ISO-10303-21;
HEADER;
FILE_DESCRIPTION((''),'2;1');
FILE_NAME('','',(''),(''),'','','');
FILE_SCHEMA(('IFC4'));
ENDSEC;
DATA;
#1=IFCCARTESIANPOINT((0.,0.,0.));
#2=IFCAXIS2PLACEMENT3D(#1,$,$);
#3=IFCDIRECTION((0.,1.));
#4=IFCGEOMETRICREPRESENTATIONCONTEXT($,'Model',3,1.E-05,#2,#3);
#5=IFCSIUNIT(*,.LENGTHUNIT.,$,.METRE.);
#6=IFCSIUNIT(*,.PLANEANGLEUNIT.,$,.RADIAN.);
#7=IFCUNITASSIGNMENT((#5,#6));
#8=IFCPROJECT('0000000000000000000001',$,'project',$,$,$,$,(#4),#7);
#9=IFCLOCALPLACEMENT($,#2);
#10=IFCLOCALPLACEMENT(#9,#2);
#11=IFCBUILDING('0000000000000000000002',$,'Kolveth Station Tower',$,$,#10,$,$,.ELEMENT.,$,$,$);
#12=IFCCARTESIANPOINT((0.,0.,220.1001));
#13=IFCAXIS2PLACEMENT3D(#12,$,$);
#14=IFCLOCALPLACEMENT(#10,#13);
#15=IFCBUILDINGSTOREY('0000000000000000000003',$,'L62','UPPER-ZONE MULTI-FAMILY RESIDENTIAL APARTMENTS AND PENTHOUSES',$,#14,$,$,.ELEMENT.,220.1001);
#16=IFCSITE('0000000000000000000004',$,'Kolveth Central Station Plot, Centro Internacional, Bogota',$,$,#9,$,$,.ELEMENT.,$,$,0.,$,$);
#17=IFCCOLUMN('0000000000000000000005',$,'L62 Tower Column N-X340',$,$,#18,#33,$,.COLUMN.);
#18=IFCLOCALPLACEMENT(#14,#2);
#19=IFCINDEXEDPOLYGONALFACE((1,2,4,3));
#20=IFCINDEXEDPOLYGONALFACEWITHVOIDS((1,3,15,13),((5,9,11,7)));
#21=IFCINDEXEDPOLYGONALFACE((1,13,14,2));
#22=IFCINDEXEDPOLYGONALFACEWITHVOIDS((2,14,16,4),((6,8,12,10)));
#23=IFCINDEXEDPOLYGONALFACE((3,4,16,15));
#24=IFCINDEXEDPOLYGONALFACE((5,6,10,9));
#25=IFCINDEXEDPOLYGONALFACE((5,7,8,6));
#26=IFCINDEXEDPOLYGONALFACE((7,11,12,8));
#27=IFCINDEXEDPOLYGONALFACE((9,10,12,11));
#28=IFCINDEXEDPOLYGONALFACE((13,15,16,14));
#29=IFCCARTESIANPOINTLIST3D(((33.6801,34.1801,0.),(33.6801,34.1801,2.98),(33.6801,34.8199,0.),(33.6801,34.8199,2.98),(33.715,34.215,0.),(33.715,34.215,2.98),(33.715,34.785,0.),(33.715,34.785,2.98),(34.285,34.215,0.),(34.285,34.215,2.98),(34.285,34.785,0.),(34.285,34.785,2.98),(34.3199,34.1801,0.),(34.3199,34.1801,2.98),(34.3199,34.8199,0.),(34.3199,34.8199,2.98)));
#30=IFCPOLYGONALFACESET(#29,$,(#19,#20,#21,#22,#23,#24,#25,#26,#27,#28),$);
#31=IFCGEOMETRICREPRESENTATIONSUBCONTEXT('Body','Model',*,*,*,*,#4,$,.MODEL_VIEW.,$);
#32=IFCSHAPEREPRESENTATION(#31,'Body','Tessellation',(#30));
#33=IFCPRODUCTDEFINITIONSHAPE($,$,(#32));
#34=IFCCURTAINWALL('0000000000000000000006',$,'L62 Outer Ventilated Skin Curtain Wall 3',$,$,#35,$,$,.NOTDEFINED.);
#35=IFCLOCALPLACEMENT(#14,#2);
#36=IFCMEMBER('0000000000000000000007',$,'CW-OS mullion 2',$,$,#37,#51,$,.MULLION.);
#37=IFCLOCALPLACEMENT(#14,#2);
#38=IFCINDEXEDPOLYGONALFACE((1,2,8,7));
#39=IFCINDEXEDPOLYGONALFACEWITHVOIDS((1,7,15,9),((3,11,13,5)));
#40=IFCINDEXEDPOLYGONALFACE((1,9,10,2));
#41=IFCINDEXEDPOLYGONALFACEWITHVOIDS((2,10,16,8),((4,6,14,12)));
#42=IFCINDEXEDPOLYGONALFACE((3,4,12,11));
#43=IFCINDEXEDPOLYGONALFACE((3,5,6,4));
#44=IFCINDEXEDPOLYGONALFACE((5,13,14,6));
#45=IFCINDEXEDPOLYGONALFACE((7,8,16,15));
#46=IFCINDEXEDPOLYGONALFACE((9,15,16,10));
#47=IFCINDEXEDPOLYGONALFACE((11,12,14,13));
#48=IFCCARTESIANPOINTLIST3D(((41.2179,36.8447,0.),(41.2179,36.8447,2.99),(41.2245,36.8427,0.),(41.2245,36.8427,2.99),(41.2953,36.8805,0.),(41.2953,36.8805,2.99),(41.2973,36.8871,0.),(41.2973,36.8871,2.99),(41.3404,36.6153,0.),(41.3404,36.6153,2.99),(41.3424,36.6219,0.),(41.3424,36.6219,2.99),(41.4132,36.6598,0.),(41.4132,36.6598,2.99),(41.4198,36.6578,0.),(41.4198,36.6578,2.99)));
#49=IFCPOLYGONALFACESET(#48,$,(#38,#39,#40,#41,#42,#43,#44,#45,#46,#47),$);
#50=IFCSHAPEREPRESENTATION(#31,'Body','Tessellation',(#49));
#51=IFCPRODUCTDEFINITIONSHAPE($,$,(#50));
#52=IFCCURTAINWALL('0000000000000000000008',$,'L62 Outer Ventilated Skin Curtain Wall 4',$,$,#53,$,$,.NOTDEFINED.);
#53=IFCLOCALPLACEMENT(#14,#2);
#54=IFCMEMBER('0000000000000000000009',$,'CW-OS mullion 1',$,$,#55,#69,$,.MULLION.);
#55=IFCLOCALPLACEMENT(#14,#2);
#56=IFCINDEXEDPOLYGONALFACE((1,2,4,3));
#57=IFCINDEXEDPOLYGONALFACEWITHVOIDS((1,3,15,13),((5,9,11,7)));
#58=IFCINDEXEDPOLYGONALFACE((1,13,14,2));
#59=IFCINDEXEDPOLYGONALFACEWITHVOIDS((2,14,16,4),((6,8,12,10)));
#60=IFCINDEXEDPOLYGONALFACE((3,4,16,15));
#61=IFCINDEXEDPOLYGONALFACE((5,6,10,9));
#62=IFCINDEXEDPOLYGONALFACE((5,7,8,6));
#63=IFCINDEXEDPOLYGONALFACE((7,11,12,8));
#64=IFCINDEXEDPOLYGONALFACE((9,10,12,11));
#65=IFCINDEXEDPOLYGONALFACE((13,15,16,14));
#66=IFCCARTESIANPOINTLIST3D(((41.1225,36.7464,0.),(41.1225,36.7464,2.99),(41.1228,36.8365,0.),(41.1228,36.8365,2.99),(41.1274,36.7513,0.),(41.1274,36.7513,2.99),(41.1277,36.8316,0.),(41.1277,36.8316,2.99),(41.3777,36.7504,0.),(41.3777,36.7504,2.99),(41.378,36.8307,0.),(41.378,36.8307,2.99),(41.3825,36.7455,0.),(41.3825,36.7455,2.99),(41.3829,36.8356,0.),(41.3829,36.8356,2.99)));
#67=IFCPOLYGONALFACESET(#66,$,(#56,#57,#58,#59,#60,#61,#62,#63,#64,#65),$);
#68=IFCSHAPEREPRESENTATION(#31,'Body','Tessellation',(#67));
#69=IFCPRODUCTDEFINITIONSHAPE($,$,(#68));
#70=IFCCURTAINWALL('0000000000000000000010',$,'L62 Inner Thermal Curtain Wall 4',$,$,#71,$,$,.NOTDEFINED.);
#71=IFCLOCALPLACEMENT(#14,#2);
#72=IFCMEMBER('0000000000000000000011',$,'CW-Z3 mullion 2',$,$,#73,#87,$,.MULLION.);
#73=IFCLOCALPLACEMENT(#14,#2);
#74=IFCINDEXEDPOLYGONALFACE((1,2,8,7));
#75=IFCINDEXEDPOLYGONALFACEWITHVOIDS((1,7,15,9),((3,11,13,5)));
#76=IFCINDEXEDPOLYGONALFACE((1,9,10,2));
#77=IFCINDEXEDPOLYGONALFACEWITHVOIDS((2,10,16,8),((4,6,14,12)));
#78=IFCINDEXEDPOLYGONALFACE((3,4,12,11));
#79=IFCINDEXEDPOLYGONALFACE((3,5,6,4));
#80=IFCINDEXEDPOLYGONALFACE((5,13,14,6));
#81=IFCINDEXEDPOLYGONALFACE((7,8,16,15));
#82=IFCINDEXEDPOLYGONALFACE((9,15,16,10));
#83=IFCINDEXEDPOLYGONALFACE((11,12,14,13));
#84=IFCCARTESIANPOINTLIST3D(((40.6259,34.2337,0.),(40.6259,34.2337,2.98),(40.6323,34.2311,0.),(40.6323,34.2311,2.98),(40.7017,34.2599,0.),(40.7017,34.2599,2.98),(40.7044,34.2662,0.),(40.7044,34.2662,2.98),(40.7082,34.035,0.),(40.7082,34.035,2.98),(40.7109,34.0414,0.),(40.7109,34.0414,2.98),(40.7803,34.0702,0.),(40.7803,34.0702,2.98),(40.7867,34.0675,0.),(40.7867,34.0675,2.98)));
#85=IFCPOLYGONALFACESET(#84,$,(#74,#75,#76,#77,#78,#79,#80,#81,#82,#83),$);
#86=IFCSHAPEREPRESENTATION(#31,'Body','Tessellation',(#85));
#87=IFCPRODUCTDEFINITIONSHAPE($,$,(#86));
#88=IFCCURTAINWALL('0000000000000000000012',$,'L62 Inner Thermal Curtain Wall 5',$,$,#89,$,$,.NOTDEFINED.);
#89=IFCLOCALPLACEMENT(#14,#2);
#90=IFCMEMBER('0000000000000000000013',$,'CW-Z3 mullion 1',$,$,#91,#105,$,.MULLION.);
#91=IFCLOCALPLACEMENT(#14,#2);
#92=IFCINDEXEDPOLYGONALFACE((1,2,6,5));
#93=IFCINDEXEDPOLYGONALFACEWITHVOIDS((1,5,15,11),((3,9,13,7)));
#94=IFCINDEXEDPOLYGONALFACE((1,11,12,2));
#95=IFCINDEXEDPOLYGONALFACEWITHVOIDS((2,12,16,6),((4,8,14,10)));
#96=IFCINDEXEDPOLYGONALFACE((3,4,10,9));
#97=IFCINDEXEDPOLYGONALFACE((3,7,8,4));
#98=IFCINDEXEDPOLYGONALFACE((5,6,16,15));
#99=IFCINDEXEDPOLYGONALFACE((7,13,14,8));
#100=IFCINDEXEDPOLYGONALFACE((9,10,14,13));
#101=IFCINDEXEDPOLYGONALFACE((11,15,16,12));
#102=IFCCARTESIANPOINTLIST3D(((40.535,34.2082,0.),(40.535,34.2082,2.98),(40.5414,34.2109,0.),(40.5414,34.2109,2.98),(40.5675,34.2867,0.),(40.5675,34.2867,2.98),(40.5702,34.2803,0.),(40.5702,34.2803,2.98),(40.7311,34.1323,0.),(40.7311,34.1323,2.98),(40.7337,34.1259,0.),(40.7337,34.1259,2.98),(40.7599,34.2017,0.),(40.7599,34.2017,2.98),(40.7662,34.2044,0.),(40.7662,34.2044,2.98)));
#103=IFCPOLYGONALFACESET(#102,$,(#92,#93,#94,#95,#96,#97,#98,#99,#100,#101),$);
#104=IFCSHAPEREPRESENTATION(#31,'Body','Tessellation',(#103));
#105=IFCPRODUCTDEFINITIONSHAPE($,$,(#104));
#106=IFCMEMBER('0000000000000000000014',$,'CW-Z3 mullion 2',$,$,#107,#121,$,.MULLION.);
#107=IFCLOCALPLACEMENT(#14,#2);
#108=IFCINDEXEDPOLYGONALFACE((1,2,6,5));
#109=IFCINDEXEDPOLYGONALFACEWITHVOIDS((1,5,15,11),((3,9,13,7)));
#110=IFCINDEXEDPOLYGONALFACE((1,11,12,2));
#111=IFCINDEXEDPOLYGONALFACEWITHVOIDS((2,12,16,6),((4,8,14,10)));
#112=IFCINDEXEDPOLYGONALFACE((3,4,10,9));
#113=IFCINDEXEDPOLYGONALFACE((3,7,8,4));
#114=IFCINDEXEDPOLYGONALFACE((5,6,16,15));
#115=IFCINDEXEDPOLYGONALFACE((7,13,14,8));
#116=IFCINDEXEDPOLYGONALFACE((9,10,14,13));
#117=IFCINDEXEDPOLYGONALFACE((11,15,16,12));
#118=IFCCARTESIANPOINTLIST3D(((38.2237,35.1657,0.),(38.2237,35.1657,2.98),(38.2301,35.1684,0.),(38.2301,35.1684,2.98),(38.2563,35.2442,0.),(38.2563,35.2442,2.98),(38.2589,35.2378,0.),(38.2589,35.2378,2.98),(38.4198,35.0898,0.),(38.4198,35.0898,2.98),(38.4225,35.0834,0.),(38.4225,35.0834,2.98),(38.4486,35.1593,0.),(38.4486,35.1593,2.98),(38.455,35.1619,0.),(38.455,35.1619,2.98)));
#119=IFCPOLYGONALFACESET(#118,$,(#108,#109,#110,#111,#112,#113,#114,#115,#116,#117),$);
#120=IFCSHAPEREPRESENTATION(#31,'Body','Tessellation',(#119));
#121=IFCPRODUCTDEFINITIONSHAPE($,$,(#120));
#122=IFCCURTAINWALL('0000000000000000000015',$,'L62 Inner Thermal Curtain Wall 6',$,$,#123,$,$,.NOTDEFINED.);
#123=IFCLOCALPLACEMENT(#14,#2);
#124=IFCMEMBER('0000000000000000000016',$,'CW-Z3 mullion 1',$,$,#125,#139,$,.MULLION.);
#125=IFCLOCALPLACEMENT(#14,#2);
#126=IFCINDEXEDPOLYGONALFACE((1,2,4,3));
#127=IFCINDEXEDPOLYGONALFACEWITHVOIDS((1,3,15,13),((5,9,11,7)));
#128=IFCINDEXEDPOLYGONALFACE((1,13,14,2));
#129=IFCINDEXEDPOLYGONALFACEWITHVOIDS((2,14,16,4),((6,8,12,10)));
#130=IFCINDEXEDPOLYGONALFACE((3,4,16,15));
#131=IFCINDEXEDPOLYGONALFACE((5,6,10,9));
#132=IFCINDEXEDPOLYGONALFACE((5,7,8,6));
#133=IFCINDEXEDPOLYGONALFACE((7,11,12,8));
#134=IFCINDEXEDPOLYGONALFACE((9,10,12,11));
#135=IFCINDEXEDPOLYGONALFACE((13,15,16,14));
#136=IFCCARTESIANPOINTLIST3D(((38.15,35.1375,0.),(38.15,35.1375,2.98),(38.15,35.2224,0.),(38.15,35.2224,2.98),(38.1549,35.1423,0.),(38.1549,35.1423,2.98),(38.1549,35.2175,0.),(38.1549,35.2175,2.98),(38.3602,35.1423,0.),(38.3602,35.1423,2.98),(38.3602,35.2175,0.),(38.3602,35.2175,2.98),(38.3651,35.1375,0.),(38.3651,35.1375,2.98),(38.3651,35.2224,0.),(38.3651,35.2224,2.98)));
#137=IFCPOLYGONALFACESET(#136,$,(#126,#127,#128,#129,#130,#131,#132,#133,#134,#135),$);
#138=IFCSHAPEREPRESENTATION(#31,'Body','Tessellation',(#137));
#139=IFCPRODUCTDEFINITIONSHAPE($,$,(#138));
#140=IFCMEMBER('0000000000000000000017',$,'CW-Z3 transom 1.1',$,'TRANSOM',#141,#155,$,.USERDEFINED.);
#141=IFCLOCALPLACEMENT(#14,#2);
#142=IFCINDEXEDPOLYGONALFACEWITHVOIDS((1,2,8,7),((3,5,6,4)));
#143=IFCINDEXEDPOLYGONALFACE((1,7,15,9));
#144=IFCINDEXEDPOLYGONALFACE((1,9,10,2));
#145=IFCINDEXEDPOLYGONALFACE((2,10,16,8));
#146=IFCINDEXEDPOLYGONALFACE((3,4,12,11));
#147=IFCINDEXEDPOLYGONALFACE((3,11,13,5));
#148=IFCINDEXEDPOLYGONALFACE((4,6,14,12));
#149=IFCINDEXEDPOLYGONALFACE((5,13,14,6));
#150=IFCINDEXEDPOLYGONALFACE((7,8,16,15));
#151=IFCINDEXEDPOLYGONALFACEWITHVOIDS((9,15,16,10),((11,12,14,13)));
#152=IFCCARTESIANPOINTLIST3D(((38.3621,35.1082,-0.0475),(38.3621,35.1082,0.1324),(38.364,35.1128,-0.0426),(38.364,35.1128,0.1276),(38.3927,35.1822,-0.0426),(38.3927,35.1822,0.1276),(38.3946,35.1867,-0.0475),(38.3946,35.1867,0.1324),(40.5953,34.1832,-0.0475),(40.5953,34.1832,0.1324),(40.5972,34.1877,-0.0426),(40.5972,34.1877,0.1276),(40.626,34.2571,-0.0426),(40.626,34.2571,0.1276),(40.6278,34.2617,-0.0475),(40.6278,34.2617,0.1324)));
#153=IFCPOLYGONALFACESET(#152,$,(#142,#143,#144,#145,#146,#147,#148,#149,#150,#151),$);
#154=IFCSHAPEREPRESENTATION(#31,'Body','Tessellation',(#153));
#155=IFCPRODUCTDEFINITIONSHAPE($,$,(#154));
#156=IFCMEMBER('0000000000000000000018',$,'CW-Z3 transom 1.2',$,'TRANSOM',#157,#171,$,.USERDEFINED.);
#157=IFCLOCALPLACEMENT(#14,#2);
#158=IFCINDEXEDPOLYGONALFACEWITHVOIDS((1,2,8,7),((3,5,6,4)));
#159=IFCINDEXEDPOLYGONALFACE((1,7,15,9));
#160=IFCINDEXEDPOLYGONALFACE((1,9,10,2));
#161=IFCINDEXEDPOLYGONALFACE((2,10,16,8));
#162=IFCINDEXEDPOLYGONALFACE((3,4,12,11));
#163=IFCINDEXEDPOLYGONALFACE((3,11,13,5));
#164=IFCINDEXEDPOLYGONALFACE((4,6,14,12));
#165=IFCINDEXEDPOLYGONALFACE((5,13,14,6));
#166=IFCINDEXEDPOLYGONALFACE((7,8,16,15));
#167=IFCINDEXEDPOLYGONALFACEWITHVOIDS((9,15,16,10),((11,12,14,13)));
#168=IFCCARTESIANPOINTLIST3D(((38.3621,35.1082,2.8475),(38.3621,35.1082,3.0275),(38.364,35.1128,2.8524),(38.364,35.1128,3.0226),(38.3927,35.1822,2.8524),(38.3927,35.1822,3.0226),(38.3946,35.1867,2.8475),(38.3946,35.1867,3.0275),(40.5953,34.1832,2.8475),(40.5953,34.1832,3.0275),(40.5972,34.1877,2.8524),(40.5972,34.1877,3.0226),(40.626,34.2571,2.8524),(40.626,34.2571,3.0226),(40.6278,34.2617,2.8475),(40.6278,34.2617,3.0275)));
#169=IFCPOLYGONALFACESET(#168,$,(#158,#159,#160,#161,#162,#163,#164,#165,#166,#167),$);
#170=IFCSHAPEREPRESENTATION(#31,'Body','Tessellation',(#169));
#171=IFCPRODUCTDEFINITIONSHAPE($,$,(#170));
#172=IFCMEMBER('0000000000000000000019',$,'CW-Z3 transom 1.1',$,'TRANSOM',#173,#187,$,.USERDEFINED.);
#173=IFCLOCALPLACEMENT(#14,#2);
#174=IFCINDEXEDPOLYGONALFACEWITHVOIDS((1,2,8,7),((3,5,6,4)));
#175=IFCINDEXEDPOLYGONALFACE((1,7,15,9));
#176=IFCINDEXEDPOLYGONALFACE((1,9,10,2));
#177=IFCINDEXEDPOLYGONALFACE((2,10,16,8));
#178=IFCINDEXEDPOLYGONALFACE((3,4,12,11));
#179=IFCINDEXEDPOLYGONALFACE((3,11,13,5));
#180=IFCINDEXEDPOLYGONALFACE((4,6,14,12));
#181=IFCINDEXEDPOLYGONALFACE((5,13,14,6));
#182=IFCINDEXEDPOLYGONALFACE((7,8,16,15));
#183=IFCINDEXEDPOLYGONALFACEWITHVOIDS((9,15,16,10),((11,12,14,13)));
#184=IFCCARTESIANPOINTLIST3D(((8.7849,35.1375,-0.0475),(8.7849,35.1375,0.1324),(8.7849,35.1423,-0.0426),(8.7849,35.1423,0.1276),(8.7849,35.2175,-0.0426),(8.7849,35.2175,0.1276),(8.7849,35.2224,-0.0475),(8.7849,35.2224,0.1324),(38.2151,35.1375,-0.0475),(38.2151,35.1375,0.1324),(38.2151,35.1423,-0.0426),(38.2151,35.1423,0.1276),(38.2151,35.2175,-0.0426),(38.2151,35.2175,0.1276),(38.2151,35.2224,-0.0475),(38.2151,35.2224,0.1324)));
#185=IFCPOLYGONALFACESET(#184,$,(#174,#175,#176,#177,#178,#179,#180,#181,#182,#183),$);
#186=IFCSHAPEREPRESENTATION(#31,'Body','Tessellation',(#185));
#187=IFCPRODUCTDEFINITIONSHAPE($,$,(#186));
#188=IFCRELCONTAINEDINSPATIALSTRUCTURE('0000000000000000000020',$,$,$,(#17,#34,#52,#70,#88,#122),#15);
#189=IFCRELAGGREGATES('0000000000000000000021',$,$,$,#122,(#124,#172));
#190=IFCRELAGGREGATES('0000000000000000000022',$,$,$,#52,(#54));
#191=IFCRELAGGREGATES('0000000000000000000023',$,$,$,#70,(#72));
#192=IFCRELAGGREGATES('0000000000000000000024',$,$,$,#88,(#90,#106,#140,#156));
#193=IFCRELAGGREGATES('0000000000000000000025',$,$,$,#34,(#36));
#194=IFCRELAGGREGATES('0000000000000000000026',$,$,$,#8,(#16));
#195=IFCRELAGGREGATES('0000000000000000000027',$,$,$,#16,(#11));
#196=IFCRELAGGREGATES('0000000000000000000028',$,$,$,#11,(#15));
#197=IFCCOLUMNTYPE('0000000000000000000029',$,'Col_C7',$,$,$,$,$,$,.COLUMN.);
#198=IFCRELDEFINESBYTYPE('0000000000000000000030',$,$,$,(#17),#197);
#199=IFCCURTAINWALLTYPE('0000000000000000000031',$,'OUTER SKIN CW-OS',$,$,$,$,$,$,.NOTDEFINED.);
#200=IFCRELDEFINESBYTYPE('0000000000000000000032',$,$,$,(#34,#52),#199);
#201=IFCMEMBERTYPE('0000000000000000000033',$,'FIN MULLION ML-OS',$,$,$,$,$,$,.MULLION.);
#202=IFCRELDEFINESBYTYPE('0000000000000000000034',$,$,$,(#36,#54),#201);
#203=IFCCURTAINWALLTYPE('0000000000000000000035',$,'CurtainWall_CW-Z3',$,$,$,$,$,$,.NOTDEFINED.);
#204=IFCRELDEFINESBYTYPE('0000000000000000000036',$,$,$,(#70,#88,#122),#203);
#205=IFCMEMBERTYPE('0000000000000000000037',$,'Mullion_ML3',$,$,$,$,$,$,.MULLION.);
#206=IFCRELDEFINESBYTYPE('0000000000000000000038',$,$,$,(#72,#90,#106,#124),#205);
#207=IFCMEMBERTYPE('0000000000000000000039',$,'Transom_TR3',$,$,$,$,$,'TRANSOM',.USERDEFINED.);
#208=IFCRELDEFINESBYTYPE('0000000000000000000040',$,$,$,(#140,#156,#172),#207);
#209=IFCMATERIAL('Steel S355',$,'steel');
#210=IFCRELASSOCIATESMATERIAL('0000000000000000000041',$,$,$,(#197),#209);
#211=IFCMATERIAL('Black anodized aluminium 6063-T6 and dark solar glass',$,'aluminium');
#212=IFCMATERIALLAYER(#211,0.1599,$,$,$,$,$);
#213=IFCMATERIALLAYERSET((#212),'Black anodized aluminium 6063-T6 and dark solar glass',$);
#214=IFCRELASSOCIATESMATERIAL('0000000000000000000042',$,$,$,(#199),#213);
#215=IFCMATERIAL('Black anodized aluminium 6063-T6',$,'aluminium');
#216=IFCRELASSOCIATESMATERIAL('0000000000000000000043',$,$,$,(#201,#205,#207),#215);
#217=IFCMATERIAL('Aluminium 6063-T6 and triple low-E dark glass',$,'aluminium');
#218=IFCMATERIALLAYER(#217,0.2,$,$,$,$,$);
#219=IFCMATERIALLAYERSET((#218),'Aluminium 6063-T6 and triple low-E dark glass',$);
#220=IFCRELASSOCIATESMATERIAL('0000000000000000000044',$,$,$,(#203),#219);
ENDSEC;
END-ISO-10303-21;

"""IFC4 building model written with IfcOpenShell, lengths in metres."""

from ifc_helpers import new_model, si_unit, direction, frame, origin, origin_2d, place, context, subcontext, project, spatial, hollow_rectangle, extrude, source, transform, mapped, material, layer, layer_set, material_profile, profile_set, type_object, element, aggregate, save


model = new_model("IFC4")

# Units and contexts
model_context = context("Model", 3, precision=1e-05, world=origin(), true_north=direction((0.0, 1.0)))
body_context = subcontext(model_context, "Body", "Model", "MODEL_VIEW")
ifc_project = project(units=[si_unit("LENGTHUNIT", "METRE"), si_unit("PLANEANGLEUNIT", "RADIAN")], contexts=[model_context])

# Site, building, storey
site_placement = place(None, origin())
site = spatial("IfcSite", under=ifc_project, at=site_placement, Name="Kolveth Central Station Plot, Centro Internacional, Bogota", CompositionType="ELEMENT", RefElevation=0.0)
building_placement = place(site_placement, origin())
building = spatial("IfcBuilding", under=site, at=building_placement, Name="Kolveth Station Tower", CompositionType="ELEMENT")
storey_placement = place(building_placement, frame((0.0, 0.0, 220.1001)))
storey = spatial("IfcBuildingStorey", under=building, at=storey_placement, Name="L62", Description="UPPER-ZONE MULTI-FAMILY RESIDENTIAL APARTMENTS AND PENTHOUSES", CompositionType="ELEMENT", Elevation=220.1001)

# Column
ifc_material_1 = material(Name="Steel S355", Category="steel")
ifc_material_profile_1 = material_profile(ifc_material_1, hollow_rectangle(XDim=0.6399, YDim=0.6399, WallThickness=0.0349, at=origin_2d()), Name="BOX640x640x35")
ifc_profile_set_1 = profile_set([ifc_material_profile_1], Name="Steel S355")
column_type = type_object("IfcColumnType", Name="Col_C7", PredefinedType="COLUMN", material=ifc_profile_set_1)
shared_shape_1 = source(origin(), body_context, "Body", "SweptSolid", [
    extrude(hollow_rectangle(XDim=0.6399, YDim=0.6399, WallThickness=0.0349, at=origin_2d()), origin(), (0.0, 0.0, 1.0), 2.98),
])
column_placement = place(storey_placement, frame((34.0, 34.5, 0.0), z_axis=(0.0, 0.0, 1.0), x_axis=(1.0, 0.0, 0.0)))
element("IfcColumn", 1, at=column_placement, inside=storey, type_object=column_type, Name="L62 Tower Column N-X340", PredefinedType="COLUMN", context=body_context, shape_type="MappedRepresentation", body=[
    mapped(shared_shape_1, transform((0.0, 0.0, 0.0), x_axis=(1.0, 0.0, 0.0), y_axis=(0.0, 1.0, 0.0), z_axis=(0.0, 0.0, 1.0), scale=1.0)),
])

# Curtain walls, members
ifc_material_2 = material(Name="Black anodized aluminium 6063-T6 and dark solar glass", Category="aluminium")
ifc_layer_1 = layer(ifc_material_2, 0.1599)
ifc_layer_set_1 = layer_set([ifc_layer_1], Name="Black anodized aluminium 6063-T6 and dark solar glass")
curtain_wall_type_1 = type_object("IfcCurtainWallType", Name="OUTER SKIN CW-OS", PredefinedType="NOTDEFINED", material=ifc_layer_set_1)
curtain_wall_1_placement = place(storey_placement, origin())
curtain_wall_1 = element("IfcCurtainWall", 2, at=curtain_wall_1_placement, inside=storey, type_object=curtain_wall_type_1, Name="L62 Outer Ventilated Skin Curtain Wall 3", PredefinedType="NOTDEFINED")
ifc_material_3 = material(Name="Black anodized aluminium 6063-T6", Category="aluminium")
ifc_material_profile_2 = material_profile(ifc_material_3, hollow_rectangle(XDim=0.0901, YDim=0.26, WallThickness=0.0049, at=origin_2d()), Name="ALU-90x260x5")
ifc_profile_set_2 = profile_set([ifc_material_profile_2], Name="Black anodized aluminium 6063-T6")
member_type_1 = type_object("IfcMemberType", Name="FIN MULLION ML-OS", PredefinedType="MULLION", material=ifc_profile_set_2)
shared_shape_2 = source(origin(), body_context, "Body", "SweptSolid", [
    extrude(hollow_rectangle(XDim=0.0901, YDim=0.26, WallThickness=0.0049, at=origin_2d()), origin(), (0.0, 0.0, 1.0), 2.99),
])
member_1_placement = place(storey_placement, frame((41.3188, 36.7512, 0.0), z_axis=(0.0, 0.0, 1.0), x_axis=(-0.882019, -0.471215, 0.0)))
member_1 = element("IfcMember", 3, at=member_1_placement, type_object=member_type_1, Name="CW-OS mullion 2", PredefinedType="MULLION", context=body_context, shape_type="MappedRepresentation", body=[
    mapped(shared_shape_2, transform((0.0, 0.0, 0.0), x_axis=(1.0, 0.0, 0.0), y_axis=(0.0, 1.0, 0.0), z_axis=(0.0, 0.0, 1.0), scale=1.0)),
])
curtain_wall_2_placement = place(storey_placement, origin())
curtain_wall_2 = element("IfcCurtainWall", 4, at=curtain_wall_2_placement, inside=storey, type_object=curtain_wall_type_1, Name="L62 Outer Ventilated Skin Curtain Wall 4", PredefinedType="NOTDEFINED")
member_2_placement = place(storey_placement, frame((41.2527, 36.791, 0.0), z_axis=(0.0, 0.0, 1.0), x_axis=(-0.003665, -0.999993, 0.0)))
member_2 = element("IfcMember", 5, at=member_2_placement, type_object=member_type_1, Name="CW-OS mullion 1", PredefinedType="MULLION", context=body_context, shape_type="MappedRepresentation", body=[
    mapped(shared_shape_2, transform((0.0, 0.0, 0.0), x_axis=(1.0, 0.0, 0.0), y_axis=(0.0, 1.0, 0.0), z_axis=(0.0, 0.0, 1.0), scale=1.0)),
])
ifc_material_4 = material(Name="Aluminium 6063-T6 and triple low-E dark glass", Category="aluminium")
ifc_layer_2 = layer(ifc_material_4, 0.2)
ifc_layer_set_2 = layer_set([ifc_layer_2], Name="Aluminium 6063-T6 and triple low-E dark glass")
curtain_wall_type_2 = type_object("IfcCurtainWallType", Name="CurtainWall_CW-Z3", PredefinedType="NOTDEFINED", material=ifc_layer_set_2)
curtain_wall_3_placement = place(storey_placement, origin())
curtain_wall_3 = element("IfcCurtainWall", 6, at=curtain_wall_3_placement, inside=storey, type_object=curtain_wall_type_2, Name="L62 Inner Thermal Curtain Wall 4", PredefinedType="NOTDEFINED")
ifc_material_profile_3 = material_profile(ifc_material_3, hollow_rectangle(XDim=0.085, YDim=0.2151, WallThickness=0.0049, at=origin_2d()), Name="ALU-85x215x5")
ifc_profile_set_3 = profile_set([ifc_material_profile_3], Name="Black anodized aluminium 6063-T6")
member_type_2 = type_object("IfcMemberType", Name="Mullion_ML3", PredefinedType="MULLION", material=ifc_profile_set_3)
shared_shape_3 = source(origin(), body_context, "Body", "SweptSolid", [
    extrude(hollow_rectangle(XDim=0.085, YDim=0.2151, WallThickness=0.0049, at=origin_2d()), origin(), (0.0, 0.0, 1.0), 2.98),
])
member_3_placement = place(storey_placement, frame((40.7063, 34.1506, 0.0), z_axis=(0.0, 0.0, 1.0), x_axis=(-0.923875, -0.382693, 0.0)))
member_3 = element("IfcMember", 7, at=member_3_placement, type_object=member_type_2, Name="CW-Z3 mullion 2", PredefinedType="MULLION", context=body_context, shape_type="MappedRepresentation", body=[
    mapped(shared_shape_3, transform((0.0, 0.0, 0.0), x_axis=(1.0, 0.0, 0.0), y_axis=(0.0, 1.0, 0.0), z_axis=(0.0, 0.0, 1.0), scale=1.0)),
])

# Curtain wall, members
curtain_wall_4_placement = place(storey_placement, origin())
curtain_wall_4 = element("IfcCurtainWall", 8, at=curtain_wall_4_placement, inside=storey, type_object=curtain_wall_type_2, Name="L62 Inner Thermal Curtain Wall 5", PredefinedType="NOTDEFINED")
member_4_placement = place(storey_placement, frame((40.6506, 34.2063, 0.0), z_axis=(0.0, 0.0, 1.0), x_axis=(-0.382693, -0.923875, 0.0)))
member_4 = element("IfcMember", 9, at=member_4_placement, type_object=member_type_2, Name="CW-Z3 mullion 1", PredefinedType="MULLION", context=body_context, shape_type="MappedRepresentation", body=[
    mapped(shared_shape_3, transform((0.0, 0.0, 0.0), x_axis=(1.0, 0.0, 0.0), y_axis=(0.0, 1.0, 0.0), z_axis=(0.0, 0.0, 1.0), scale=1.0)),
])
member_5_placement = place(storey_placement, frame((38.3394, 35.1638, 0.0), z_axis=(0.0, 0.0, 1.0), x_axis=(-0.382693, -0.923875, 0.0)))
member_5 = element("IfcMember", 10, at=member_5_placement, type_object=member_type_2, Name="CW-Z3 mullion 2", PredefinedType="MULLION", context=body_context, shape_type="MappedRepresentation", body=[
    mapped(shared_shape_3, transform((0.0, 0.0, 0.0), x_axis=(1.0, 0.0, 0.0), y_axis=(0.0, 1.0, 0.0), z_axis=(0.0, 0.0, 1.0), scale=1.0)),
])

# Curtain wall, member
curtain_wall_5_placement = place(storey_placement, origin())
curtain_wall_5 = element("IfcCurtainWall", 11, at=curtain_wall_5_placement, inside=storey, type_object=curtain_wall_type_2, Name="L62 Inner Thermal Curtain Wall 6", PredefinedType="NOTDEFINED")
member_6_placement = place(storey_placement, frame((38.2576, 35.1799, 0.0), z_axis=(0.0, 0.0, 1.0), x_axis=(0.0, -1.0, 0.0)))
member_6 = element("IfcMember", 12, at=member_6_placement, type_object=member_type_2, Name="CW-Z3 mullion 1", PredefinedType="MULLION", context=body_context, shape_type="MappedRepresentation", body=[
    mapped(shared_shape_3, transform((0.0, 0.0, 0.0), x_axis=(1.0, 0.0, 0.0), y_axis=(0.0, 1.0, 0.0), z_axis=(0.0, 0.0, 1.0), scale=1.0)),
])

# Members
ifc_material_profile_4 = material_profile(ifc_material_3, hollow_rectangle(XDim=0.085, YDim=0.1799, WallThickness=0.0049, at=origin_2d()), Name="ALU-85x180x5")
ifc_profile_set_4 = profile_set([ifc_material_profile_4], Name="Black anodized aluminium 6063-T6")
member_type_3 = type_object("IfcMemberType", Name="Transom_TR3", ElementType="TRANSOM", PredefinedType="USERDEFINED", material=ifc_profile_set_4)
shared_shape_4 = source(origin(), body_context, "Body", "SweptSolid", [
    extrude(hollow_rectangle(XDim=0.085, YDim=0.1799, WallThickness=0.0049, at=origin_2d()), origin(), (0.0, 0.0, 1.0), 2.4172),
])
member_7_placement = place(storey_placement, frame((40.6116, 34.2224, 0.0425), z_axis=(-0.923873, 0.3827, 0.0), x_axis=(-0.3827, -0.923873, 0.0)))
member_7 = element("IfcMember", 13, at=member_7_placement, type_object=member_type_3, Name="CW-Z3 transom 1.1", ObjectType="TRANSOM", PredefinedType="USERDEFINED", context=body_context, shape_type="MappedRepresentation", body=[
    mapped(shared_shape_4, transform((0.0, 0.0, 0.0), x_axis=(1.0, 0.0, 0.0), y_axis=(0.0, 1.0, 0.0), z_axis=(0.0, 0.0, 1.0), scale=1.0)),
])
member_8_placement = place(storey_placement, frame((40.6116, 34.2224, 2.9375), z_axis=(-0.923873, 0.3827, 0.0), x_axis=(-0.3827, -0.923873, 0.0)))
member_8 = element("IfcMember", 14, at=member_8_placement, type_object=member_type_3, Name="CW-Z3 transom 1.2", ObjectType="TRANSOM", PredefinedType="USERDEFINED", context=body_context, shape_type="MappedRepresentation", body=[
    mapped(shared_shape_4, transform((0.0, 0.0, 0.0), x_axis=(1.0, 0.0, 0.0), y_axis=(0.0, 1.0, 0.0), z_axis=(0.0, 0.0, 1.0), scale=1.0)),
])
shared_shape_5 = source(origin(), body_context, "Body", "SweptSolid", [
    extrude(hollow_rectangle(XDim=0.085, YDim=0.1799, WallThickness=0.0049, at=origin_2d()), origin(), (0.0, 0.0, 1.0), 29.4302),
])
member_9_placement = place(storey_placement, frame((38.2151, 35.1799, 0.0425), z_axis=(-1.0, 0.0, 0.0), x_axis=(0.0, -1.0, 0.0)))
member_9 = element("IfcMember", 15, at=member_9_placement, type_object=member_type_3, Name="CW-Z3 transom 1.1", ObjectType="TRANSOM", PredefinedType="USERDEFINED", context=body_context, shape_type="MappedRepresentation", body=[
    mapped(shared_shape_5, transform((0.0, 0.0, 0.0), x_axis=(1.0, 0.0, 0.0), y_axis=(0.0, 1.0, 0.0), z_axis=(0.0, 0.0, 1.0), scale=1.0)),
])
aggregate(curtain_wall_5, [member_6, member_9])
aggregate(curtain_wall_2, [member_2])

aggregate(curtain_wall_3, [member_3])
aggregate(curtain_wall_4, [member_4, member_5, member_7, member_8])
aggregate(curtain_wall_1, [member_1])

save(model, "model.ifc")
